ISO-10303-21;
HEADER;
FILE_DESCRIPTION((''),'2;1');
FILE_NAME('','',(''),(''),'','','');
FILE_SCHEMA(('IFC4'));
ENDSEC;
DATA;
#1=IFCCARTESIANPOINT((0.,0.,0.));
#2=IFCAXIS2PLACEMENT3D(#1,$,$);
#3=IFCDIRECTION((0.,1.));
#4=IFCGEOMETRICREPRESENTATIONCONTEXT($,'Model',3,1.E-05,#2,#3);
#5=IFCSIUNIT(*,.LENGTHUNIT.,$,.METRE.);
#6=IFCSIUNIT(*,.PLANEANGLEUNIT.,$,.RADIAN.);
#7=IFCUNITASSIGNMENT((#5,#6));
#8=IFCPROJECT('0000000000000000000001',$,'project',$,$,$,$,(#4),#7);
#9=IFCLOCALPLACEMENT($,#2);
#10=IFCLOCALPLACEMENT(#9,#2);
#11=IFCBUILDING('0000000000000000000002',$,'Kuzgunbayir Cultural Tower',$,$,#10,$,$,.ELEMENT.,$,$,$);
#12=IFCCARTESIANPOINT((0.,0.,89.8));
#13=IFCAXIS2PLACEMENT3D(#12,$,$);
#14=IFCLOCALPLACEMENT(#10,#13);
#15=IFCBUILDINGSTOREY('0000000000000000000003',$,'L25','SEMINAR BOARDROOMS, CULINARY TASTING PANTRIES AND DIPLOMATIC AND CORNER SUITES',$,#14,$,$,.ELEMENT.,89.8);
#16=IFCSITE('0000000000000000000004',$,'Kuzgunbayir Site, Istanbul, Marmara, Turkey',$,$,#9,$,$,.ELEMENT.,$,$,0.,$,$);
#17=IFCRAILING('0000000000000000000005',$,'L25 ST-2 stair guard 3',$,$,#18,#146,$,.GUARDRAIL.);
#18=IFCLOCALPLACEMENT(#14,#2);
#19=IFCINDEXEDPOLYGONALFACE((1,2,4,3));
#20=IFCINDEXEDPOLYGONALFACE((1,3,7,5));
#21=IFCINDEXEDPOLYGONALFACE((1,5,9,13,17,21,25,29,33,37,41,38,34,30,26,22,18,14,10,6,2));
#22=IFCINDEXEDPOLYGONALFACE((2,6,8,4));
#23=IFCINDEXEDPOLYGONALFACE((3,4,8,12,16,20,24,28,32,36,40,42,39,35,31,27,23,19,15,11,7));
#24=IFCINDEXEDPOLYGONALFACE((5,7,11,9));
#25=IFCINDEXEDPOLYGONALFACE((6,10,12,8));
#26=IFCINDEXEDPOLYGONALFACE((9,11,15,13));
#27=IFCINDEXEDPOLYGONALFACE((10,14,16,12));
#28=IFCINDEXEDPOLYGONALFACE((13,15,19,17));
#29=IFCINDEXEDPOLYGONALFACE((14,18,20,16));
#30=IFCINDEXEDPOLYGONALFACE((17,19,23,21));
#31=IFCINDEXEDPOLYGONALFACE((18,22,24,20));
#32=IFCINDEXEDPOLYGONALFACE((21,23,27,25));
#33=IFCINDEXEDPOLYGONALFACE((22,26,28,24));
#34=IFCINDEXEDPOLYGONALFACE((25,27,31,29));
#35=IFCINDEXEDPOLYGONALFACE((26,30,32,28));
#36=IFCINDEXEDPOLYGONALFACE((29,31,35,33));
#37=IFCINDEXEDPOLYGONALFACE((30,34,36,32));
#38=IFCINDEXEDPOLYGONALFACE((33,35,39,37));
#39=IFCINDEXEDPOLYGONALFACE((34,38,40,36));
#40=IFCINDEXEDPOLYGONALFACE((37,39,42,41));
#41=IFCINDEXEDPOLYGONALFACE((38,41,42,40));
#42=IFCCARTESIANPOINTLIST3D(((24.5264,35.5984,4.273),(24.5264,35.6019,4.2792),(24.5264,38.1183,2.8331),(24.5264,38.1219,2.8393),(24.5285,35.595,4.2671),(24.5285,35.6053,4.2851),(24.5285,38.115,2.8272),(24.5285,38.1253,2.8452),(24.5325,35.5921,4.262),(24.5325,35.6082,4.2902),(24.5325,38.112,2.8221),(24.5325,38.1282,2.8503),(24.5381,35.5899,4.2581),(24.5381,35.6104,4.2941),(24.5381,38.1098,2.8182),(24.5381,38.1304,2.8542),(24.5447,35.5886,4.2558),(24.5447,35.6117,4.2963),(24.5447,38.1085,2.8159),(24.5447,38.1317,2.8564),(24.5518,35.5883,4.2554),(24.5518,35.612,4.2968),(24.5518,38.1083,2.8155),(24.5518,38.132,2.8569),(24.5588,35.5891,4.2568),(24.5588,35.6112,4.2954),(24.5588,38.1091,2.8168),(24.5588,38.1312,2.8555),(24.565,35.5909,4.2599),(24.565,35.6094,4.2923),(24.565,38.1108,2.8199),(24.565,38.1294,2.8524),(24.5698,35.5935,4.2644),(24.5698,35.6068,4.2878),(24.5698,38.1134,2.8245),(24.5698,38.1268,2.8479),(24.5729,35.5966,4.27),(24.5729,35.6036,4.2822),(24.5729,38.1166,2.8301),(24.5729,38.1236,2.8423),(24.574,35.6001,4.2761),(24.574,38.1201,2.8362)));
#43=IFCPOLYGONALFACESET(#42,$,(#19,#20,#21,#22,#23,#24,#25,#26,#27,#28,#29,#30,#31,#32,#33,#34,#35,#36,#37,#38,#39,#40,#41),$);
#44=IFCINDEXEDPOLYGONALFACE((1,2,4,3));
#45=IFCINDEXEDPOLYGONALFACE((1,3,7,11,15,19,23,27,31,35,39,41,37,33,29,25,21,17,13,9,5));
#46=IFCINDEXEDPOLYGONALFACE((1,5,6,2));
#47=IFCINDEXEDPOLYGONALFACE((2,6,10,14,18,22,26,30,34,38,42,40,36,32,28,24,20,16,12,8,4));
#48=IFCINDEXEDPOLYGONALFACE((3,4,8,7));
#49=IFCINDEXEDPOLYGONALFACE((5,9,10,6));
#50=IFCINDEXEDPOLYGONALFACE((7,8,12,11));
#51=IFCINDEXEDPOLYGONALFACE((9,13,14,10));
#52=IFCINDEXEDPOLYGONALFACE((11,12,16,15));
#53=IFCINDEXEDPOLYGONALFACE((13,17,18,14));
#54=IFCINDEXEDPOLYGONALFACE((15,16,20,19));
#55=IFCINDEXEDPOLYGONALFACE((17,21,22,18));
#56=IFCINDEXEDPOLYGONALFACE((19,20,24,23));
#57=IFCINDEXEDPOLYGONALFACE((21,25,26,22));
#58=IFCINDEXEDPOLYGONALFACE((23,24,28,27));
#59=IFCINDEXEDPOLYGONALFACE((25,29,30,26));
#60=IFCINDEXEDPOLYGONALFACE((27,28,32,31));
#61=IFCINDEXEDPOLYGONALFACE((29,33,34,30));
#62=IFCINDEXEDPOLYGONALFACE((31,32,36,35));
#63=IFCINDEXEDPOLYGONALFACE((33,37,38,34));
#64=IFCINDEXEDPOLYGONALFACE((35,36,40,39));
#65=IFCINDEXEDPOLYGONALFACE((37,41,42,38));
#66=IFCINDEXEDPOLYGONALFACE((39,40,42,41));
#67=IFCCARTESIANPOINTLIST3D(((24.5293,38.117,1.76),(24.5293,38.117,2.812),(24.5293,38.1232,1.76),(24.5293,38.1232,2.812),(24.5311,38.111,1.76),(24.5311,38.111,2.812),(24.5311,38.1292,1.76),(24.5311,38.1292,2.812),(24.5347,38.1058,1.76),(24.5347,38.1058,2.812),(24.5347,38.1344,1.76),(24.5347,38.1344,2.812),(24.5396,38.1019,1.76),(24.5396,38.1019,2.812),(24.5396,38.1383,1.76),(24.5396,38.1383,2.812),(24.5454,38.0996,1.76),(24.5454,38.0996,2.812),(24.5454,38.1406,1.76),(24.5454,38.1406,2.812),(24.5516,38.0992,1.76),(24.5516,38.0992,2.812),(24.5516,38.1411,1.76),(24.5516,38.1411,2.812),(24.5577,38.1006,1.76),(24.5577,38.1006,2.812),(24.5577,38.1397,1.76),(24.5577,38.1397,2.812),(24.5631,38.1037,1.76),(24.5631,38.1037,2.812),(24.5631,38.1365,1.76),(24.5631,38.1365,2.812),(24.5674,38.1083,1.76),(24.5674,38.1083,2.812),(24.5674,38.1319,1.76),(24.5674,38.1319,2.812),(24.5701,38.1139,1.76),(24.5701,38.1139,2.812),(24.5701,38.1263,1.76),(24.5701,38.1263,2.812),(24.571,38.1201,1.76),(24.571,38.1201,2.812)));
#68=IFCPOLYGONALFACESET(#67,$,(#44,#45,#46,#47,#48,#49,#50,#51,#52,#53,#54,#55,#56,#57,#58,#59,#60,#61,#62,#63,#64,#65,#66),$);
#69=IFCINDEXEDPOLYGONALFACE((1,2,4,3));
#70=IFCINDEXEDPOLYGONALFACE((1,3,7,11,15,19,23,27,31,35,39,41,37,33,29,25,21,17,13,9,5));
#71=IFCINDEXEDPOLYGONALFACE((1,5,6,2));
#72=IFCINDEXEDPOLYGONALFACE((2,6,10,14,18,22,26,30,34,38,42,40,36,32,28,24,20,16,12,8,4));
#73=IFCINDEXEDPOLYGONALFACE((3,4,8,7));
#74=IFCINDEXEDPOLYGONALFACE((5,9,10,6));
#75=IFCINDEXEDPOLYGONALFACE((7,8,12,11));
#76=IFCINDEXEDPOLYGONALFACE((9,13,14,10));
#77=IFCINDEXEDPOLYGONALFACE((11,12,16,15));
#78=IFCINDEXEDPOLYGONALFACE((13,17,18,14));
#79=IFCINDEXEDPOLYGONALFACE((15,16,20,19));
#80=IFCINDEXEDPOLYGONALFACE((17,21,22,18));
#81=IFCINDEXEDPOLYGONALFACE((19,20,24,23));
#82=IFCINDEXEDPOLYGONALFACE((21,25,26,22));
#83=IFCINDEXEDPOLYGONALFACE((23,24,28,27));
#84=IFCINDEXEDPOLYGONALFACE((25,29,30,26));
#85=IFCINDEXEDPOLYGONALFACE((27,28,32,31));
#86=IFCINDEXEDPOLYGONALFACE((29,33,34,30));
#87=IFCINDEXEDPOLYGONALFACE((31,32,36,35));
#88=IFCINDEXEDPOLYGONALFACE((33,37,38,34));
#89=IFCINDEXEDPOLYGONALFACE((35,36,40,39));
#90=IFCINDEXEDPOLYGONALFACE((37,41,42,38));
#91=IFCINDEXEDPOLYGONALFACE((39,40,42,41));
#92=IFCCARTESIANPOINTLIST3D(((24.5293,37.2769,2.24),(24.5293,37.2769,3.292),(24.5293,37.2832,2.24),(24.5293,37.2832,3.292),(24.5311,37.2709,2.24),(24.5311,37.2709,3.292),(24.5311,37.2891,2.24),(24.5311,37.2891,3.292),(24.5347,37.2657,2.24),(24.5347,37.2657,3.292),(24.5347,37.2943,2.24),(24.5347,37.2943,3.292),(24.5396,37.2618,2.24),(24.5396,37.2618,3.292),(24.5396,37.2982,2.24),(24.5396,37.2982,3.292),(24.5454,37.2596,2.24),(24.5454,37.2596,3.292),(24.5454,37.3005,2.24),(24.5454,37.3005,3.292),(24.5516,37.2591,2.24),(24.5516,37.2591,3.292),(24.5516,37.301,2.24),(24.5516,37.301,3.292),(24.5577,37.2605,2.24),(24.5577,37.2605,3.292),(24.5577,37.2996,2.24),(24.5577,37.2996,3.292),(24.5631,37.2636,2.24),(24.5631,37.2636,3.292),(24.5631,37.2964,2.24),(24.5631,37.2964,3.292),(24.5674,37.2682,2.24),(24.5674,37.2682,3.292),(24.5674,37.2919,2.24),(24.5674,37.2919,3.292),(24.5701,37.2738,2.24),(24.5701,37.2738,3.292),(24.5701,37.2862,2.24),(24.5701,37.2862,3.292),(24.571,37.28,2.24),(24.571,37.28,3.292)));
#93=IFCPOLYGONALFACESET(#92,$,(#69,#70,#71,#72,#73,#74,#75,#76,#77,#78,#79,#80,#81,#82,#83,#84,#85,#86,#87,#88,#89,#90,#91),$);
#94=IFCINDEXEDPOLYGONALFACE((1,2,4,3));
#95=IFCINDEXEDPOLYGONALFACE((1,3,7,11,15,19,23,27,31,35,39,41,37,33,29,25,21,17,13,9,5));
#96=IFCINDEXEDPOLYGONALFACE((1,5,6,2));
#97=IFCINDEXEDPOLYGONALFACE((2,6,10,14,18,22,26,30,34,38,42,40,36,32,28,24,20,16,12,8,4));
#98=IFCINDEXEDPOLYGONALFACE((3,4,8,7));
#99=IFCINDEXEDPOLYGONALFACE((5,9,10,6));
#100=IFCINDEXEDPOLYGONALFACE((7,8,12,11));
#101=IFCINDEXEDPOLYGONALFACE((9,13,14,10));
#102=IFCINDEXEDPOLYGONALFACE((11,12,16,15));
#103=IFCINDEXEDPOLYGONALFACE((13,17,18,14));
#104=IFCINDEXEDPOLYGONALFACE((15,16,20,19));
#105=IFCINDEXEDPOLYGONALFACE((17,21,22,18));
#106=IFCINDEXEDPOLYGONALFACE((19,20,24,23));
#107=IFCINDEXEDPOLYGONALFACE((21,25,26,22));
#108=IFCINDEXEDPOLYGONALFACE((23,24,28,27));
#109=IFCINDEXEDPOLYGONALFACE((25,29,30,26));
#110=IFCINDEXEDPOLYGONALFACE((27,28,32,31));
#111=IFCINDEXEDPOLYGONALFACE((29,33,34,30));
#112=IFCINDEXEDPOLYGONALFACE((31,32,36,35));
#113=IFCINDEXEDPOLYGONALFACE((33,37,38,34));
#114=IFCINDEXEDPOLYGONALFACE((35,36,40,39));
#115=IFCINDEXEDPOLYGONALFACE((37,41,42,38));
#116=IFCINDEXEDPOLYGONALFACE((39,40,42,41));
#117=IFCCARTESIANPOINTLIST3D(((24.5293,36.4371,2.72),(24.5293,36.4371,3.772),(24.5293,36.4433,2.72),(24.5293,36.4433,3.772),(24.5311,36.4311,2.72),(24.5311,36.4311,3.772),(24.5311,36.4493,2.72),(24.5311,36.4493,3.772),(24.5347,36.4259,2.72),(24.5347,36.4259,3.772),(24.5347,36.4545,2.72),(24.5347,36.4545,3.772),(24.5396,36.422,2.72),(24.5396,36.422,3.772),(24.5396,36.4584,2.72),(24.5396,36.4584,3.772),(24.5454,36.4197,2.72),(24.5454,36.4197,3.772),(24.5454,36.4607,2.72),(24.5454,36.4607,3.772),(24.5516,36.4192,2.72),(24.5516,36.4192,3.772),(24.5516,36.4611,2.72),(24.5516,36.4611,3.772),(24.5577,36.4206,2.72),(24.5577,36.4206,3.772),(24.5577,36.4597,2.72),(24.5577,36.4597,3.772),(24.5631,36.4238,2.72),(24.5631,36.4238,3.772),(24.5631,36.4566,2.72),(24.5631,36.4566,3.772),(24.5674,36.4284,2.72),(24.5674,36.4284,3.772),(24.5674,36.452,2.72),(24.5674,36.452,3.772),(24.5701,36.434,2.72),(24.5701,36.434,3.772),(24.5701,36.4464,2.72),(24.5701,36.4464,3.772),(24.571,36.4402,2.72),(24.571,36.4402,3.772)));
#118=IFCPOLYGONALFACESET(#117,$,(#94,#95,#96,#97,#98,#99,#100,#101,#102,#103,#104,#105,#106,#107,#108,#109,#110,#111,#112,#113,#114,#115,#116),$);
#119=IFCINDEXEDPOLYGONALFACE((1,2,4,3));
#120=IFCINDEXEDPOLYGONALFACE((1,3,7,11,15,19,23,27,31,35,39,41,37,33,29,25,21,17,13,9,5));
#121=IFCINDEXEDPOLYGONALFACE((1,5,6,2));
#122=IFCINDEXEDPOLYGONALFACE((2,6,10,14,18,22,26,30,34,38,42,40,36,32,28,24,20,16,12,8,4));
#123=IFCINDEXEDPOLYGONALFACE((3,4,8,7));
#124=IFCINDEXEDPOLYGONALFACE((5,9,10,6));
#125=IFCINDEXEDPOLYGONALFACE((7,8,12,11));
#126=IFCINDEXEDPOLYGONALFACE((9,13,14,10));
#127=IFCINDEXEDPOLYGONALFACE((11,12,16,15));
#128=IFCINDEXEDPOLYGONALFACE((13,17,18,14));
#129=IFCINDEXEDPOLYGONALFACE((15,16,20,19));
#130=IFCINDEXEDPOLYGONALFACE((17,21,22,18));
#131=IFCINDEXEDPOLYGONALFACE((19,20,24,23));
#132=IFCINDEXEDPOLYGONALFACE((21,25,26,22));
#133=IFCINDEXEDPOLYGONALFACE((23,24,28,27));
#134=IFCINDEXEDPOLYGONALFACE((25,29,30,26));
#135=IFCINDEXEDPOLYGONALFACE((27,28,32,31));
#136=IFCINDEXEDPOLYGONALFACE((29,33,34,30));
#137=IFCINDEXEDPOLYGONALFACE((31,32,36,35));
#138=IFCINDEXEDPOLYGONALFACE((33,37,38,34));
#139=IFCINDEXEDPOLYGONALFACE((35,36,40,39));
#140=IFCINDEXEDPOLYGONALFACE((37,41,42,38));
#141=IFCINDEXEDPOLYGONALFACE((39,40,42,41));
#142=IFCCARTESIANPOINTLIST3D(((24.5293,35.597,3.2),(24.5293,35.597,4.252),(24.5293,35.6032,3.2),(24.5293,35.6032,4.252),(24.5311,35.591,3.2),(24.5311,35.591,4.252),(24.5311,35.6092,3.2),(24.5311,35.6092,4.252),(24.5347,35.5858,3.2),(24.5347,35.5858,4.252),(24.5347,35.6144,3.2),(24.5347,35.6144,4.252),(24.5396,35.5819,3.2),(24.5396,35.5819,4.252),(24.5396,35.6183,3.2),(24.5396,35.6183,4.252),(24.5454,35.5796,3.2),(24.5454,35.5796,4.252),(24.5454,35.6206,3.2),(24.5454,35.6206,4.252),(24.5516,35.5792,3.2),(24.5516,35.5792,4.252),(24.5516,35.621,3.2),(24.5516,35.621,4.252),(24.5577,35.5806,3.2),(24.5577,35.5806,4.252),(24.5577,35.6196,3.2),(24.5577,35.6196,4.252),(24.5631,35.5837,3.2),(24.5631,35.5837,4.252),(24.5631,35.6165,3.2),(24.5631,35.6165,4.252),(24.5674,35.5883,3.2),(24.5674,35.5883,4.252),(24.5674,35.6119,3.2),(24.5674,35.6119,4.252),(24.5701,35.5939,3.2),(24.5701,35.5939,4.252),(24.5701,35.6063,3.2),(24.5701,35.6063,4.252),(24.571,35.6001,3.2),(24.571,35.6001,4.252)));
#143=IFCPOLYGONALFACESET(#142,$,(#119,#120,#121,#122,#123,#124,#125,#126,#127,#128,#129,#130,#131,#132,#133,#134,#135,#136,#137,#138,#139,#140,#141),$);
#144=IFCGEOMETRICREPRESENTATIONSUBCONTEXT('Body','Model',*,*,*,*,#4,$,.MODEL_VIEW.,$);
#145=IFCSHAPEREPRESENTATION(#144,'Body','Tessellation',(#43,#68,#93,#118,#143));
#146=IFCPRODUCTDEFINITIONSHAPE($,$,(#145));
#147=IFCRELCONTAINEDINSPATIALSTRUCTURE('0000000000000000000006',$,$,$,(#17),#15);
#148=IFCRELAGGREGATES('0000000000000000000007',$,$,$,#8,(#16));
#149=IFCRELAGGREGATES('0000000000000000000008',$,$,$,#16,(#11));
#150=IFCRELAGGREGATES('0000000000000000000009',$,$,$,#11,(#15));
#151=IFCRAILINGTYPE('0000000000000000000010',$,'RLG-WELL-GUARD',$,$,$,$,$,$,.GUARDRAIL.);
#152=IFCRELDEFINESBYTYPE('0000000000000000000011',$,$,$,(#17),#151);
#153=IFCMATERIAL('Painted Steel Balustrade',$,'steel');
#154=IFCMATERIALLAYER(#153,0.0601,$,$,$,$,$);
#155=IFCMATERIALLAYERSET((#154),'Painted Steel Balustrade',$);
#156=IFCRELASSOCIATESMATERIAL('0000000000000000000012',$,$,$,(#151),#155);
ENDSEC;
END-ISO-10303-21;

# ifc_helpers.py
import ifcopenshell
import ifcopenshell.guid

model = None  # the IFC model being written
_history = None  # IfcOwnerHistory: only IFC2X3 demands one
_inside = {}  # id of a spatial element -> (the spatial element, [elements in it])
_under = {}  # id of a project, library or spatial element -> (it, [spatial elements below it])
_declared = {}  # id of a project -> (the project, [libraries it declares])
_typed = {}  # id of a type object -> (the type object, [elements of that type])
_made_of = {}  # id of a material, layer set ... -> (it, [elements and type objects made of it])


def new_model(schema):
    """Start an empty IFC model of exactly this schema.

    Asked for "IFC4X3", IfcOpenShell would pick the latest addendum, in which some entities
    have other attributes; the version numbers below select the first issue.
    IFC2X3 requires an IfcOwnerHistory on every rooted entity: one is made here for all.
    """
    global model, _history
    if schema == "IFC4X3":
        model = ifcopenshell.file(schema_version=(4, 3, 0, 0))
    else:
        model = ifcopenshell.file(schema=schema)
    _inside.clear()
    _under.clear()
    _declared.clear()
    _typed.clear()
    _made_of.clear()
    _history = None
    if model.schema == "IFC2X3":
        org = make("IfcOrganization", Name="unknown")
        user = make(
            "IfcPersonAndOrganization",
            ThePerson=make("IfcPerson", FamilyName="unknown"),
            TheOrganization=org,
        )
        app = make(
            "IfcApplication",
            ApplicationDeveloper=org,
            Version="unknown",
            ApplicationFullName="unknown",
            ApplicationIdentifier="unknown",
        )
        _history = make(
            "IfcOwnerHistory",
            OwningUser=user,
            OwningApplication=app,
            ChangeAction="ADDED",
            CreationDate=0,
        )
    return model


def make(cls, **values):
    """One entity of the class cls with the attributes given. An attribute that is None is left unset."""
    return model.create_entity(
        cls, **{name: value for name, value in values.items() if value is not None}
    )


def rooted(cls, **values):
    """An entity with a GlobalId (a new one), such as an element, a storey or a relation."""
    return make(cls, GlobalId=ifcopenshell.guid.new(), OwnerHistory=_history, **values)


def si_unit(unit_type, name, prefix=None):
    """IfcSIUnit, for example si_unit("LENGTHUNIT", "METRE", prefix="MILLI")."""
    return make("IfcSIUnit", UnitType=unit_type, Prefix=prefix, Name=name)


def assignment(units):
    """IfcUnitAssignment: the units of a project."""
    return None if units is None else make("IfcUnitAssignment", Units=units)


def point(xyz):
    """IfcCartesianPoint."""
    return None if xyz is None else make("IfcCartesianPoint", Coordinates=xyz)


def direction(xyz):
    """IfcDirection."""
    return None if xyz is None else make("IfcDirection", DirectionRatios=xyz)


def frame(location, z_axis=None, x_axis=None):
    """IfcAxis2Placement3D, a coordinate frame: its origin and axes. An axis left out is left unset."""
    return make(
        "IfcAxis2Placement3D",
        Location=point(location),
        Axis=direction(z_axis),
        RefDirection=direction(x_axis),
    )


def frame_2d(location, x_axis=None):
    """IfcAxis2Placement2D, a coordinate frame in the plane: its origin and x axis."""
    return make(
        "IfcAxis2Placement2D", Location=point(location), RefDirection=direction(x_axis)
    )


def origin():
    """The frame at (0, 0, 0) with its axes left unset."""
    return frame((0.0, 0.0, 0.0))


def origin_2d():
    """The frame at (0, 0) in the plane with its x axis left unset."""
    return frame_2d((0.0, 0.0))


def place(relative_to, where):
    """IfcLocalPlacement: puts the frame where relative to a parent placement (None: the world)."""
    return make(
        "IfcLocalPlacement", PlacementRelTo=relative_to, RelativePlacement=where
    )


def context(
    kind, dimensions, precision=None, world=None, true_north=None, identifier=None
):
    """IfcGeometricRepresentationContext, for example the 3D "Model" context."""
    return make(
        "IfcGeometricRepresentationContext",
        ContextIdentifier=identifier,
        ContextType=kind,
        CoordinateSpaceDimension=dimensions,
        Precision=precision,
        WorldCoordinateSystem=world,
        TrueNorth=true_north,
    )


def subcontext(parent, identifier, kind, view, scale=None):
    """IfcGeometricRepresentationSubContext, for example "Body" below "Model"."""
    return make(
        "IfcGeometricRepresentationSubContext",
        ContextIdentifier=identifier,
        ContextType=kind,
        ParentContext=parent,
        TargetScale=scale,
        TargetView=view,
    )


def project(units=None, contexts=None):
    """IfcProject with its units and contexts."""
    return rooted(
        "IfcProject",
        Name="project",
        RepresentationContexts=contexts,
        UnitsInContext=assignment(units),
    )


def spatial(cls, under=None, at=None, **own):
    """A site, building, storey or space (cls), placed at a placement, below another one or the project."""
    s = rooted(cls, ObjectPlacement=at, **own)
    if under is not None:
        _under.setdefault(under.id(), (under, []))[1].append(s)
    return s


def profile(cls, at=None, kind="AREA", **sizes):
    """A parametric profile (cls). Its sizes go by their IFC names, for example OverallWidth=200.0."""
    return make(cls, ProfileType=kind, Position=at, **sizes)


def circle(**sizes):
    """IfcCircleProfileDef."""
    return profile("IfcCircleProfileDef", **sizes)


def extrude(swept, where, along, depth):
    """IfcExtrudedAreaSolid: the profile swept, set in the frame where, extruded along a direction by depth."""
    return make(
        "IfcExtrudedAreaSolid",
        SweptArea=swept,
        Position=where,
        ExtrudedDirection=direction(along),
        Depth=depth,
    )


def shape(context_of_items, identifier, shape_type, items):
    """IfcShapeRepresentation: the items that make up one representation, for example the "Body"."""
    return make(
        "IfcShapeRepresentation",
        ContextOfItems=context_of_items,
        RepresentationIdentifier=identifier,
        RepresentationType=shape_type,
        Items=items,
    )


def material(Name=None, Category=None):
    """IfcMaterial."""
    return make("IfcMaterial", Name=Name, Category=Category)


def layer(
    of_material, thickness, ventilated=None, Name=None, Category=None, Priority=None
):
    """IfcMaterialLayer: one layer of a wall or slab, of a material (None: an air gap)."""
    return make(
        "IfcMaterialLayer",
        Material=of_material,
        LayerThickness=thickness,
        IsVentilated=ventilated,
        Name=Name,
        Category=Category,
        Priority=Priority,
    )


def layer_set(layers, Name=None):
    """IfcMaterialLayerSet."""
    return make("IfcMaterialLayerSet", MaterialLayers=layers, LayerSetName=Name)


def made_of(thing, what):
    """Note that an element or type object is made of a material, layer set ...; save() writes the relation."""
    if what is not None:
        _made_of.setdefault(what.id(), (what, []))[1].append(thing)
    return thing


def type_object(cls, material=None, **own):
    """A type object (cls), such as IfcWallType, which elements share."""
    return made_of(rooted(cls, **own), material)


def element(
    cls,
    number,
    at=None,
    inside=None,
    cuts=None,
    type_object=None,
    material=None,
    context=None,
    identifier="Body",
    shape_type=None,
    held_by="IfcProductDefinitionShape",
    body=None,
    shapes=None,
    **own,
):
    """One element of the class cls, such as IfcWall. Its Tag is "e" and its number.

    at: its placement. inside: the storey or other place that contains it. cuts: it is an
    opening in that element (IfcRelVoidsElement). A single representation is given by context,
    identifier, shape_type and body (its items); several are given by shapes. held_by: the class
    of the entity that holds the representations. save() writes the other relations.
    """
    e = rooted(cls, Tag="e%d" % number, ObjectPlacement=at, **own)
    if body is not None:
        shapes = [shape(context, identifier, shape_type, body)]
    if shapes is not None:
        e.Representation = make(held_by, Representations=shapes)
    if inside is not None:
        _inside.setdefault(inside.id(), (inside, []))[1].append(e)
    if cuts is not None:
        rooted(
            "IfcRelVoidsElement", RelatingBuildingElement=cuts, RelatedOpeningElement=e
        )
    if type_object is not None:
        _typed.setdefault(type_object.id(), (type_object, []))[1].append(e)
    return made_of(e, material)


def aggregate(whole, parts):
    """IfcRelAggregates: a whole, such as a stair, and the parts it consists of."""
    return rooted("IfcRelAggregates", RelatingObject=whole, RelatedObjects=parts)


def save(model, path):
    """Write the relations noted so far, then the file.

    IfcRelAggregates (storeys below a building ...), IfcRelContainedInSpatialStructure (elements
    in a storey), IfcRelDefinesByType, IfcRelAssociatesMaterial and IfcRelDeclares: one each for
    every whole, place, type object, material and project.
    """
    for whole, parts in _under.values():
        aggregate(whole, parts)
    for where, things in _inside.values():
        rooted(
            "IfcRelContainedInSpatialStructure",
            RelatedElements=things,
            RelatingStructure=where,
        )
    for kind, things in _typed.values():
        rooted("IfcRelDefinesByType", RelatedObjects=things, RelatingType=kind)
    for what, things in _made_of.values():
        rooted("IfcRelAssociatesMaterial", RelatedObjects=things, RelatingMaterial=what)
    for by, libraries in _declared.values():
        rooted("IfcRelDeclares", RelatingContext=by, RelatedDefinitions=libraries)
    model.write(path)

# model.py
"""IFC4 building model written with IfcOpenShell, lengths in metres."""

from ifc_helpers import new_model, si_unit, direction, frame, origin, origin_2d, place, context, subcontext, project, spatial, circle, extrude, material, layer, layer_set, type_object, element, save


model = new_model("IFC4")

# Units and contexts
model_context = context("Model", 3, precision=1e-05, world=origin(), true_north=direction((0.0, 1.0)))
body_context = subcontext(model_context, "Body", "Model", "MODEL_VIEW")
ifc_project = project(units=[si_unit("LENGTHUNIT", "METRE"), si_unit("PLANEANGLEUNIT", "RADIAN")], contexts=[model_context])

# Site, building, storey
site_placement = place(None, origin())
site = spatial("IfcSite", under=ifc_project, at=site_placement, Name="Kuzgunbayir Site, Istanbul, Marmara, Turkey", CompositionType="ELEMENT", RefElevation=0.0)
building_placement = place(site_placement, origin())
building = spatial("IfcBuilding", under=site, at=building_placement, Name="Kuzgunbayir Cultural Tower", CompositionType="ELEMENT")
storey_placement = place(building_placement, frame((0.0, 0.0, 89.8)))
storey = spatial("IfcBuildingStorey", under=building, at=storey_placement, Name="L25", Description="SEMINAR BOARDROOMS, CULINARY TASTING PANTRIES AND DIPLOMATIC AND CORNER SUITES", CompositionType="ELEMENT", Elevation=89.8)

# Railing
ifc_material_1 = material(Name="Painted Steel Balustrade", Category="steel")
ifc_layer_1 = layer(ifc_material_1, 0.0601)
ifc_layer_set_1 = layer_set([ifc_layer_1], Name="Painted Steel Balustrade")
railing_type_1 = type_object("IfcRailingType", Name="RLG-WELL-GUARD", PredefinedType="GUARDRAIL", material=ifc_layer_set_1)
railing_1_placement = place(storey_placement, frame((24.55, 38.1201, 1.76)))
element("IfcRailing", 1, at=railing_1_placement, inside=storey, type_object=railing_type_1, Name="L25 ST-2 stair guard 3", PredefinedType="GUARDRAIL", context=body_context, shape_type="SweptSolid", body=[
    extrude(circle(Radius=0.0239, at=origin_2d()), frame((0.0, 0.0, 1.0762), z_axis=(0.0, -0.868253, 0.496121), x_axis=(1.0, 0.0, 0.0)), (0.0, 0.0, 1.0), 2.9023),
    extrude(circle(Radius=0.021, at=origin_2d()), origin(), (0.0, 0.0, 1.0), 1.052),
    extrude(circle(Radius=0.021, at=origin_2d()), frame((0.0, -0.8401, 0.48)), (0.0, 0.0, 1.0), 1.052),
    extrude(circle(Radius=0.021, at=origin_2d()), frame((0.0, -1.6799, 0.96)), (0.0, 0.0, 1.0), 1.052),
    extrude(circle(Radius=0.021, at=origin_2d()), frame((0.0, -2.52, 1.4399)), (0.0, 0.0, 1.0), 1.052),
])

save(model, "model.ifc")
